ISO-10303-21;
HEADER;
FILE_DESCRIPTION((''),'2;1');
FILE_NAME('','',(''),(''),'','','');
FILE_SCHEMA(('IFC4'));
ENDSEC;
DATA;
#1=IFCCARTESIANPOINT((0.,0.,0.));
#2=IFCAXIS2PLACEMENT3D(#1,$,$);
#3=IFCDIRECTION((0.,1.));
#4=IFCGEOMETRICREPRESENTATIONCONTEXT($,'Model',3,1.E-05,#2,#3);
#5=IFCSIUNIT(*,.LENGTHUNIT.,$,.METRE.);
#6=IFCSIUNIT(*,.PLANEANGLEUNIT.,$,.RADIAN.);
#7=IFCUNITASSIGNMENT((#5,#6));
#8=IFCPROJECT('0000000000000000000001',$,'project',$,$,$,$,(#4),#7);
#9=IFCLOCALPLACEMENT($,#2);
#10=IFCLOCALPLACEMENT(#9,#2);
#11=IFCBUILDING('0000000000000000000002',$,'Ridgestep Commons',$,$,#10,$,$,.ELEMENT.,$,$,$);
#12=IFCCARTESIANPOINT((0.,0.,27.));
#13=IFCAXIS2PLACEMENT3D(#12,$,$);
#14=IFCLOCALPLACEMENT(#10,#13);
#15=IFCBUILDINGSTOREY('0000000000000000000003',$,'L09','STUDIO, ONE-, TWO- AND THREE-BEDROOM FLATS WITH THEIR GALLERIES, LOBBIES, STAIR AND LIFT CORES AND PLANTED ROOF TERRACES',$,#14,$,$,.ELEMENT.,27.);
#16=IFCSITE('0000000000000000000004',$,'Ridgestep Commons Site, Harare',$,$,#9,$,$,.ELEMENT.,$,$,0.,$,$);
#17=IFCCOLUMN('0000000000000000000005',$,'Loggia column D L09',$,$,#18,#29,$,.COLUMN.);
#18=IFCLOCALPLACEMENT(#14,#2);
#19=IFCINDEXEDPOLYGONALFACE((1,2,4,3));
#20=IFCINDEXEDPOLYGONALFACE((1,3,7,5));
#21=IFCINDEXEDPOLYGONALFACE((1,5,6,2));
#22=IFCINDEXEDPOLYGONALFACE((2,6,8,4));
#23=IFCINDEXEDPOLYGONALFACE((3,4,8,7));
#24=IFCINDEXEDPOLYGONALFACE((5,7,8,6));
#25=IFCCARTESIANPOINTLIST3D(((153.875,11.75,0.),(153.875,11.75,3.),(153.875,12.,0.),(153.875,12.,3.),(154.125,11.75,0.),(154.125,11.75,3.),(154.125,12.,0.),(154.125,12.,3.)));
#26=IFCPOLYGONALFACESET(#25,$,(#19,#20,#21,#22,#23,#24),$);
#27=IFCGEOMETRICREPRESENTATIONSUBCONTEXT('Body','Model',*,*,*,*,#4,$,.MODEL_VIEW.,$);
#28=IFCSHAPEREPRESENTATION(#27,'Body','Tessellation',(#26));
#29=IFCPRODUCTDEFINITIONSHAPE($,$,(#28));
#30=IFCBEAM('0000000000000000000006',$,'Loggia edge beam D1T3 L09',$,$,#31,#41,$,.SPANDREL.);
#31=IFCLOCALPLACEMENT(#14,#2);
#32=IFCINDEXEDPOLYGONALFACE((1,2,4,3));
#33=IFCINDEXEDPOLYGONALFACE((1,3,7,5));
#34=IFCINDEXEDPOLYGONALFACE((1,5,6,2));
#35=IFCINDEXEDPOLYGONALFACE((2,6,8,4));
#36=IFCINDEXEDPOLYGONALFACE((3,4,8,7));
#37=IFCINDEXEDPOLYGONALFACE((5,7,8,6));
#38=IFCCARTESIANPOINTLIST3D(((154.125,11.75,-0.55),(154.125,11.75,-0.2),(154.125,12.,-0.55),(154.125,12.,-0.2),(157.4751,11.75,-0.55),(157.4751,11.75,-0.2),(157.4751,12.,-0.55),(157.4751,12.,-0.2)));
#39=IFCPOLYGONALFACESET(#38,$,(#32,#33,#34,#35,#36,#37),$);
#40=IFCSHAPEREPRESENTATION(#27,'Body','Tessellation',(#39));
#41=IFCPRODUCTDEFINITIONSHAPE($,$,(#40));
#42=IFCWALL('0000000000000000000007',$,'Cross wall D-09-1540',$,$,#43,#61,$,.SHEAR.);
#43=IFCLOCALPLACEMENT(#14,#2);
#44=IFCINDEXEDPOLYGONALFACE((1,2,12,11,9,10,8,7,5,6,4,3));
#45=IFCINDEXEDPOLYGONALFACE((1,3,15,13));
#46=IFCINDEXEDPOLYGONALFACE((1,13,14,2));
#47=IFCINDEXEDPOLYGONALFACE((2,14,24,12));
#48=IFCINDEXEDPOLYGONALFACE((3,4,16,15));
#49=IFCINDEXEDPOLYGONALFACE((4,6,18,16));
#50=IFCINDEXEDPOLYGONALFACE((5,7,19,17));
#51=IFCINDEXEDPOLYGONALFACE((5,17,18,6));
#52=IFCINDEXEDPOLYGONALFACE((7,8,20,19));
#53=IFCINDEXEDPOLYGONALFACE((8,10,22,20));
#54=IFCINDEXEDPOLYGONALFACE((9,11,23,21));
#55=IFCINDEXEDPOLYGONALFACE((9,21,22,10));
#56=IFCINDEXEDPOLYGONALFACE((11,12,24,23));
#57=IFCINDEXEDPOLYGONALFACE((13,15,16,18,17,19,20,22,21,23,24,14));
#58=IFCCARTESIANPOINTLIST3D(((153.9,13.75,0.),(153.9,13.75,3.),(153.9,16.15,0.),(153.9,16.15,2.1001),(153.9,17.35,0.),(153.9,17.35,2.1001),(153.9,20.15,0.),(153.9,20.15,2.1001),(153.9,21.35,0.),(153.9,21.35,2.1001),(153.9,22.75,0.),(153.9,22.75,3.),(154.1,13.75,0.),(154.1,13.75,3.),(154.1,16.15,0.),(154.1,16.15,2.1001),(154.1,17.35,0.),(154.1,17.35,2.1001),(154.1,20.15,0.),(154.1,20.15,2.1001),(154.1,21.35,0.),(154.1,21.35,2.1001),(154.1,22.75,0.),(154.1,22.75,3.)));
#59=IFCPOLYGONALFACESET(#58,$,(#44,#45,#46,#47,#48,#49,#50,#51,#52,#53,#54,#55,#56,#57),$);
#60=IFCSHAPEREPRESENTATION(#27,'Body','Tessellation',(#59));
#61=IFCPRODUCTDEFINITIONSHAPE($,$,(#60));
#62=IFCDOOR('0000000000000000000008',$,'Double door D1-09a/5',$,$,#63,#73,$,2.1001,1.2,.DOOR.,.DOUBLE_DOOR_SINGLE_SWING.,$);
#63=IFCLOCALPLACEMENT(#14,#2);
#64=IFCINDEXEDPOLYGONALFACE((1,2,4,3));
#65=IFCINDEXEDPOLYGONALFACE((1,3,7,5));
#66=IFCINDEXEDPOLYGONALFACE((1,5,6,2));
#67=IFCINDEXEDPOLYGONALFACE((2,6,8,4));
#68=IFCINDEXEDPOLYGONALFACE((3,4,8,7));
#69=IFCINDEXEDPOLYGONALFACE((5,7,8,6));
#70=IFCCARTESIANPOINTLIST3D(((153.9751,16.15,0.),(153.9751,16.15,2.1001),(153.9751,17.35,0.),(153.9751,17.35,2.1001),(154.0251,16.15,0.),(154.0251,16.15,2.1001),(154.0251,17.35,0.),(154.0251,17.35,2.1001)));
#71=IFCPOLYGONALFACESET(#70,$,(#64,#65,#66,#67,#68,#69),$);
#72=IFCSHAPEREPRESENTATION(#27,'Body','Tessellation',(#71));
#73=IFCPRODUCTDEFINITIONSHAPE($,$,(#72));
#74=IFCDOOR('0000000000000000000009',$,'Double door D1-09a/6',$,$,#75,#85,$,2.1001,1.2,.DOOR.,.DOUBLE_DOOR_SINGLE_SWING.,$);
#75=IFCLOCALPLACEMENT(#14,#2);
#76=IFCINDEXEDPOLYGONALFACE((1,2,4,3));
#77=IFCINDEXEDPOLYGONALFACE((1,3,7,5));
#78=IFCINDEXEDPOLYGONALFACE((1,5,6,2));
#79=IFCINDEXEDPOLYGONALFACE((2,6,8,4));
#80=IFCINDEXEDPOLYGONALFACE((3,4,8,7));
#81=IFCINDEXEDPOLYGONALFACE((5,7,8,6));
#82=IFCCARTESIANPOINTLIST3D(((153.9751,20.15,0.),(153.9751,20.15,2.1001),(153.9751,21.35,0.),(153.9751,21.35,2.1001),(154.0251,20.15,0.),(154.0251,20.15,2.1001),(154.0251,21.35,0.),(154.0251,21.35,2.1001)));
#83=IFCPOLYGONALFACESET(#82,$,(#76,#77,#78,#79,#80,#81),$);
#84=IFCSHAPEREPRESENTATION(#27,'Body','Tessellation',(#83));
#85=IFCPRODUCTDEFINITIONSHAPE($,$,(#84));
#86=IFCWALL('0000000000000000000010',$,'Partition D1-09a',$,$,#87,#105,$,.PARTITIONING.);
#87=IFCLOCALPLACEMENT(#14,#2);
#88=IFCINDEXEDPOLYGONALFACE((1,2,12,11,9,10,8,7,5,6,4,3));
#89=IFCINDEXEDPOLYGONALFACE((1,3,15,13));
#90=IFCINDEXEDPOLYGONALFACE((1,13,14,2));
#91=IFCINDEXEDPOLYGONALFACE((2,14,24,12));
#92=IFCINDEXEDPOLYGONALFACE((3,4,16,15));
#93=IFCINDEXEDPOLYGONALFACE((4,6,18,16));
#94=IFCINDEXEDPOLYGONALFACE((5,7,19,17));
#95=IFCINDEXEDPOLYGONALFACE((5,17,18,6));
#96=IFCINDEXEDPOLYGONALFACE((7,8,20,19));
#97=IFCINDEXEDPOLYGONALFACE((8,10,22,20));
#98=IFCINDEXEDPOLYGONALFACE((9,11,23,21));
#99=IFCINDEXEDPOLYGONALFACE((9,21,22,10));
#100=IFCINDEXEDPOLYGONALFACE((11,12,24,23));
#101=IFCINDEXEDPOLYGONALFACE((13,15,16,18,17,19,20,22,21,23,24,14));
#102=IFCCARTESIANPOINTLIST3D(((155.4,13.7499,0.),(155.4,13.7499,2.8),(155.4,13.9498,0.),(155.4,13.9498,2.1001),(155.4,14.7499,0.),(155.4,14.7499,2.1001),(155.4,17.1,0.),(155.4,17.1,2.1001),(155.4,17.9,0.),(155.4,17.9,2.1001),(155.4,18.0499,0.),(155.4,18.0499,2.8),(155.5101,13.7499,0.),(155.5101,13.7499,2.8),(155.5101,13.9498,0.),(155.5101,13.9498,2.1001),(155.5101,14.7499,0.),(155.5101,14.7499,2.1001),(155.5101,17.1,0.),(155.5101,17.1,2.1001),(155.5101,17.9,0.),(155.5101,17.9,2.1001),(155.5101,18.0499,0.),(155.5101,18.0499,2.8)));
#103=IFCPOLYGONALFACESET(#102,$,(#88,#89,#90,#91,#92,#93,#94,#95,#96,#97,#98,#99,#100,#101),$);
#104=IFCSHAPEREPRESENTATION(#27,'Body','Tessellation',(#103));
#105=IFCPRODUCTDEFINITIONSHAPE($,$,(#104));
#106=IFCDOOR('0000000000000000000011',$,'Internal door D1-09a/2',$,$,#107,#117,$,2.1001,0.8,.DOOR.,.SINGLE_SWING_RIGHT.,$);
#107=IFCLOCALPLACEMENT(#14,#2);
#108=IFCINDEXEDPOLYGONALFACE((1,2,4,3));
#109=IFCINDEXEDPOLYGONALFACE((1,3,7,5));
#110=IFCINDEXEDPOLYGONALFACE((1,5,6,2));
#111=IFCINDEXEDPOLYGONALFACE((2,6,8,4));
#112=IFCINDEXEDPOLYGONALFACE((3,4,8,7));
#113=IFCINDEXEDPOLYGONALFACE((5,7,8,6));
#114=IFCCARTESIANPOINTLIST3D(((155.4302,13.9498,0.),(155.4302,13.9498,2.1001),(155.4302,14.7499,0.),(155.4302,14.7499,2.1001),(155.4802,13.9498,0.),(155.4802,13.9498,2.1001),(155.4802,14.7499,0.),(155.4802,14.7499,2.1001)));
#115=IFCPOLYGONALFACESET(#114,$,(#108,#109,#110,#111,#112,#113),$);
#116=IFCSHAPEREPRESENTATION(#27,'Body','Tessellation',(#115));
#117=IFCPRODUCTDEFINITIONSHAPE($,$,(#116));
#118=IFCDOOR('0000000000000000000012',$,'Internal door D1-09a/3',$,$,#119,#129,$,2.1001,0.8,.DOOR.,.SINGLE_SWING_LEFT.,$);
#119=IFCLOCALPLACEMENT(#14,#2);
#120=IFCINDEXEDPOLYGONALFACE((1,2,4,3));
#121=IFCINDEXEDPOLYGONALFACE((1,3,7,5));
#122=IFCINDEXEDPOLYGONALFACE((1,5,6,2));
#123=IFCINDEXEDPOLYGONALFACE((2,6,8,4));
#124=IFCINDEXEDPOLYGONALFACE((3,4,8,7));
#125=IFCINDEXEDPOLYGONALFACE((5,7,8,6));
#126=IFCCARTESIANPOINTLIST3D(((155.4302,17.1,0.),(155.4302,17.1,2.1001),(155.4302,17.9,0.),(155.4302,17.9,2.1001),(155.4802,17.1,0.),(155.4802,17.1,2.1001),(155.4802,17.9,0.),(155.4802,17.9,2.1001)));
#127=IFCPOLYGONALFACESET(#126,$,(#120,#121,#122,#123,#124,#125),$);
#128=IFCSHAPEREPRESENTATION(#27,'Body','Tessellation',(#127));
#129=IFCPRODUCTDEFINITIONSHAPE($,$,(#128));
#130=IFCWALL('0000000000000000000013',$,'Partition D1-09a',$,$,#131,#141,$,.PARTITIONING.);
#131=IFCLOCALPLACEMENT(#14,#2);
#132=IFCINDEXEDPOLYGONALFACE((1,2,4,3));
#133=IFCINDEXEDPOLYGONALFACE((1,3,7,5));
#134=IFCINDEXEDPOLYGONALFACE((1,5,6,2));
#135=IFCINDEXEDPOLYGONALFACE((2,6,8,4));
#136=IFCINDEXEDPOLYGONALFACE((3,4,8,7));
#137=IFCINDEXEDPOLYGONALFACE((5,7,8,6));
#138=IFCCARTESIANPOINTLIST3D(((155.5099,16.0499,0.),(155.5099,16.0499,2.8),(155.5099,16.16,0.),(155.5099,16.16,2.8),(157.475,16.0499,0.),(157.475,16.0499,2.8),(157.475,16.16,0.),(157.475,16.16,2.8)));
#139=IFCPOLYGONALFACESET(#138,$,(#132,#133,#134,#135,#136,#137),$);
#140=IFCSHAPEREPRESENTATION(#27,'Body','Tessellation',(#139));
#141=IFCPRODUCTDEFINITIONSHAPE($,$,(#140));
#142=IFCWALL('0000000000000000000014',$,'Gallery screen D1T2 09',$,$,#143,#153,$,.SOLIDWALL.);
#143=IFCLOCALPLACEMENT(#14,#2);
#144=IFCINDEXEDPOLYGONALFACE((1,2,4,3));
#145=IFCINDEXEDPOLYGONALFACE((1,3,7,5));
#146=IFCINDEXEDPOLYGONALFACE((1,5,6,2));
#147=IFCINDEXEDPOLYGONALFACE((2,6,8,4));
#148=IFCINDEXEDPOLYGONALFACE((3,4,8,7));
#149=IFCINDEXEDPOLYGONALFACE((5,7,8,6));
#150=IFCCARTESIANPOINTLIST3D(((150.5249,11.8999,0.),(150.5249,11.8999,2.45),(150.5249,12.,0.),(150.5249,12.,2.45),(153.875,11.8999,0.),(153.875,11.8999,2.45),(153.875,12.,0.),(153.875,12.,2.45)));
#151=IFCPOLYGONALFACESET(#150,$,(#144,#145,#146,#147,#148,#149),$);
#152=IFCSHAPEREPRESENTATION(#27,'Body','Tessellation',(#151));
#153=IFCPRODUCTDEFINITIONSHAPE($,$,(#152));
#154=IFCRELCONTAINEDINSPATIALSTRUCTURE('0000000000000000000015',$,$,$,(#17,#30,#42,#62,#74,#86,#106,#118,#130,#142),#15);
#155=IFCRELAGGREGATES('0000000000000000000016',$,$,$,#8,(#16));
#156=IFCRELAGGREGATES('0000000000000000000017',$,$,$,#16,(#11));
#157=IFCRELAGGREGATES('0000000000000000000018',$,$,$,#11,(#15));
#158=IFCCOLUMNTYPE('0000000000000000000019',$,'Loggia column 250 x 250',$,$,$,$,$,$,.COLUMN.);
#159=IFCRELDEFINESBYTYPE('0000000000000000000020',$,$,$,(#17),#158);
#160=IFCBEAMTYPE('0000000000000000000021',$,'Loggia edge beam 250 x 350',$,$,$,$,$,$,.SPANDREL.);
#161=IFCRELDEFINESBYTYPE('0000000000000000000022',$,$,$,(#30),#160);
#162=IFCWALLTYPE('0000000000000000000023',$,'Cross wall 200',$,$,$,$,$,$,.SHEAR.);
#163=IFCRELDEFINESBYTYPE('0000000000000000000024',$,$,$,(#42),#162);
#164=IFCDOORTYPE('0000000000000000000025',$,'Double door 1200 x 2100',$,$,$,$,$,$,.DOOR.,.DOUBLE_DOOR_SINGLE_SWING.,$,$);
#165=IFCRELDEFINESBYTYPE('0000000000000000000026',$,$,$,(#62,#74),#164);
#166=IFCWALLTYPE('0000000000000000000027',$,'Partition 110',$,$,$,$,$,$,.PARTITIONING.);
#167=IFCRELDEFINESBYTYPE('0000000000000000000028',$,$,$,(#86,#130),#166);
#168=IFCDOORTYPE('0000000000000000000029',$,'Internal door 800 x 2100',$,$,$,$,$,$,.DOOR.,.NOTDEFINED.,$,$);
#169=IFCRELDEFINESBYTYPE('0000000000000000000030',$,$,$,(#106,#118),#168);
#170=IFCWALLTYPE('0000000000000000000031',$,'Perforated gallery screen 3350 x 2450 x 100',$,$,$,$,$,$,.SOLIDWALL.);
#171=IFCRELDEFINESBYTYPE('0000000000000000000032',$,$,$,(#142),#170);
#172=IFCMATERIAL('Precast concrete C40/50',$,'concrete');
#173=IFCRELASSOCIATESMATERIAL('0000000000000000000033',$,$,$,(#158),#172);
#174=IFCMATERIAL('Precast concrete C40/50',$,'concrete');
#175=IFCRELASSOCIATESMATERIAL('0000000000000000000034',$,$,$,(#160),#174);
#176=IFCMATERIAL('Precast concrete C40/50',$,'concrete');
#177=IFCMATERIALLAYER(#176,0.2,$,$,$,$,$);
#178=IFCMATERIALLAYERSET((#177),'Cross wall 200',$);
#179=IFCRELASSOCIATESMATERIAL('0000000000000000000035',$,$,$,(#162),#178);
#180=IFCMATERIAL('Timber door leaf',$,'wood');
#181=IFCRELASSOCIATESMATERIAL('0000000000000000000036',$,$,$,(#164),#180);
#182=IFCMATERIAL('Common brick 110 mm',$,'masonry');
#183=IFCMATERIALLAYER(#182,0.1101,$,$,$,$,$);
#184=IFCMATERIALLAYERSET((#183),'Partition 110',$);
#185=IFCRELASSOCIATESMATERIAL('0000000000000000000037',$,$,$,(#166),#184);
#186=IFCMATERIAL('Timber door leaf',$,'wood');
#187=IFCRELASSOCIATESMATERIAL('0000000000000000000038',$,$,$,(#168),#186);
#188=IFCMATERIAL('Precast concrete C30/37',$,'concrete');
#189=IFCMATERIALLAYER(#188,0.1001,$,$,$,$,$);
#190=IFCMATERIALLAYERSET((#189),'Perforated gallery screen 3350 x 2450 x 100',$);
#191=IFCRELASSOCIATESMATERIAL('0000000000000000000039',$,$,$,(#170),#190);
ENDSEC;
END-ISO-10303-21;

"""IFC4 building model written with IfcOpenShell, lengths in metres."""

from ifc_helpers import new_model, si_unit, direction, frame, frame_2d, origin, origin_2d, place, context, subcontext, project, spatial, rectangle, extrude, material, layer, layer_set, material_profile, profile_set, type_object, element, fill, save


model = new_model("IFC4")

# Units and contexts
model_context = context("Model", 3, precision=1e-05, world=origin(), true_north=direction((0.0, 1.0)))
body_context = subcontext(model_context, "Body", "Model", "MODEL_VIEW")
ifc_project = project(units=[si_unit("LENGTHUNIT", "METRE"), si_unit("PLANEANGLEUNIT", "RADIAN")], contexts=[model_context])

# Site, building, storey
site_placement = place(None, origin())
site = spatial("IfcSite", under=ifc_project, at=site_placement, Name="Ridgestep Commons Site, Harare", CompositionType="ELEMENT", RefElevation=0.0)
building_placement = place(site_placement, origin())
building = spatial("IfcBuilding", under=site, at=building_placement, Name="Ridgestep Commons", CompositionType="ELEMENT")
storey_placement = place(building_placement, frame((0.0, 0.0, 27.0)))
storey = spatial("IfcBuildingStorey", under=building, at=storey_placement, Name="L09", Description="STUDIO, ONE-, TWO- AND THREE-BEDROOM FLATS WITH THEIR GALLERIES, LOBBIES, STAIR AND LIFT CORES AND PLANTED ROOF TERRACES", CompositionType="ELEMENT", Elevation=27.0)

# Column
ifc_material_1 = material(Name="Precast concrete C40/50", Category="concrete")
ifc_material_profile_1 = material_profile(ifc_material_1, rectangle(XDim=0.25, YDim=0.25, at=origin_2d()), Name="PC 250x250")
ifc_profile_set_1 = profile_set([ifc_material_profile_1], Name="Precast concrete C40/50")
column_type = type_object("IfcColumnType", Name="Loggia column 250 x 250", PredefinedType="COLUMN", material=ifc_profile_set_1)
column_placement = place(storey_placement, frame((154.0, 11.875, 0.0), z_axis=(0.0, 0.0, 1.0), x_axis=(1.0, 0.0, 0.0)))
element("IfcColumn", 1, at=column_placement, inside=storey, type_object=column_type, Name="Loggia column D L09", PredefinedType="COLUMN", context=body_context, shape_type="SweptSolid", body=[
    extrude(rectangle(XDim=0.25, YDim=0.25, at=origin_2d()), origin(), (0.0, 0.0, 1.0), 3.0),
])

# Beam
ifc_material_2 = material(Name="Precast concrete C40/50", Category="concrete")
ifc_material_profile_2 = material_profile(ifc_material_2, rectangle(XDim=0.25, YDim=0.3501, at=origin_2d()), Name="PC 250x350")
ifc_profile_set_2 = profile_set([ifc_material_profile_2], Name="Precast concrete C40/50")
beam_type = type_object("IfcBeamType", Name="Loggia edge beam 250 x 350", PredefinedType="SPANDREL", material=ifc_profile_set_2)
beam_placement = place(storey_placement, frame((154.125, 11.875, -0.375), z_axis=(1.0, 0.0, 0.0), x_axis=(0.0, 1.0, 0.0)))
element("IfcBeam", 2, at=beam_placement, inside=storey, type_object=beam_type, Name="Loggia edge beam D1T3 L09", PredefinedType="SPANDREL", context=body_context, shape_type="SweptSolid", body=[
    extrude(rectangle(XDim=0.25, YDim=0.3501, at=origin_2d()), origin(), (0.0, 0.0, 1.0), 3.3501),
])

# Walls, openings, doors
ifc_material_3 = material(Name="Precast concrete C40/50", Category="concrete")
ifc_layer_1 = layer(ifc_material_3, 0.2)
ifc_layer_set_1 = layer_set([ifc_layer_1], Name="Cross wall 200")
wall_type_1 = type_object("IfcWallType", Name="Cross wall 200", PredefinedType="SHEAR", material=ifc_layer_set_1)
wall_1_placement = place(storey_placement, frame((154.0, 13.75, 0.0), z_axis=(0.0, 0.0, 1.0), x_axis=(0.0, 1.0, 0.0)))
wall_1 = element("IfcWall", 3, at=wall_1_placement, inside=storey, type_object=wall_type_1, Name="Cross wall D-09-1540", PredefinedType="SHEAR", context=body_context, shape_type="SweptSolid", body=[
    extrude(rectangle(XDim=9.0, YDim=0.2, at=frame_2d((4.5, 0.0))), origin(), (0.0, 0.0, 1.0), 3.0),
])
opening_1_placement = place(wall_1_placement, frame((2.3999, 0.0, 0.0)))
opening_1 = element("IfcOpeningElement", 4, at=opening_1_placement, cuts=wall_1, PredefinedType="OPENING", context=body_context, shape_type="SweptSolid", body=[
    extrude(rectangle(XDim=1.2, YDim=2.1001, at=frame_2d((0.6001, 1.05))), frame((0.0, 0.1099, 0.0), z_axis=(0.0, -1.0, 0.0), x_axis=(1.0, 0.0, 0.0)), (0.0, 0.0, 1.0), 0.22),
])
opening_2_placement = place(wall_1_placement, frame((6.3999, 0.0, 0.0)))
opening_2 = element("IfcOpeningElement", 5, at=opening_2_placement, cuts=wall_1, PredefinedType="OPENING", context=body_context, shape_type="SweptSolid", body=[
    extrude(rectangle(XDim=1.2, YDim=2.1001, at=frame_2d((0.6001, 1.05))), frame((0.0, 0.1099, 0.0), z_axis=(0.0, -1.0, 0.0), x_axis=(1.0, 0.0, 0.0)), (0.0, 0.0, 1.0), 0.22),
])
ifc_material_4 = material(Name="Timber door leaf", Category="wood")
door_type_1 = type_object("IfcDoorType", Name="Double door 1200 x 2100", OperationType="DOUBLE_DOOR_SINGLE_SWING", PredefinedType="DOOR", material=ifc_material_4)
door_1_placement = place(opening_1_placement, origin())
door_1 = element("IfcDoor", 6, at=door_1_placement, inside=storey, type_object=door_type_1, Name="Double door D1-09a/5", OperationType="DOUBLE_DOOR_SINGLE_SWING", OverallHeight=2.1001, OverallWidth=1.2, PredefinedType="DOOR", context=body_context, shape_type="SweptSolid", body=[
    extrude(rectangle(XDim=1.2, YDim=2.1001, at=frame_2d((0.6001, 1.05))), frame((0.0, 0.0249, 0.0), z_axis=(0.0, -1.0, 0.0), x_axis=(1.0, 0.0, 0.0)), (0.0, 0.0, 1.0), 0.05),
])
fill(opening_1, door_1)
door_2_placement = place(opening_2_placement, origin())
door_2 = element("IfcDoor", 7, at=door_2_placement, inside=storey, type_object=door_type_1, Name="Double door D1-09a/6", OperationType="DOUBLE_DOOR_SINGLE_SWING", OverallHeight=2.1001, OverallWidth=1.2, PredefinedType="DOOR", context=body_context, shape_type="SweptSolid", body=[
    extrude(rectangle(XDim=1.2, YDim=2.1001, at=frame_2d((0.6001, 1.05))), frame((0.0, 0.0249, 0.0), z_axis=(0.0, -1.0, 0.0), x_axis=(1.0, 0.0, 0.0)), (0.0, 0.0, 1.0), 0.05),
])
fill(opening_2, door_2)
ifc_material_5 = material(Name="Common brick 110 mm", Category="masonry")
ifc_layer_2 = layer(ifc_material_5, 0.1101)
ifc_layer_set_2 = layer_set([ifc_layer_2], Name="Partition 110")
wall_type_2 = type_object("IfcWallType", Name="Partition 110", PredefinedType="PARTITIONING", material=ifc_layer_set_2)
wall_2_placement = place(storey_placement, frame((155.4551, 13.75, 0.0), z_axis=(0.0, 0.0, 1.0), x_axis=(0.0, 1.0, 0.0)))
wall_2 = element("IfcWall", 8, at=wall_2_placement, inside=storey, type_object=wall_type_2, Name="Partition D1-09a", PredefinedType="PARTITIONING", context=body_context, shape_type="SweptSolid", body=[
    extrude(rectangle(XDim=4.3, YDim=0.1101, at=frame_2d((2.1499, 0.0))), origin(), (0.0, 0.0, 1.0), 2.8),
])
opening_3_placement = place(wall_2_placement, frame((0.2, 0.0, 0.0)))
opening_3 = element("IfcOpeningElement", 9, at=opening_3_placement, cuts=wall_2, PredefinedType="OPENING", context=body_context, shape_type="SweptSolid", body=[
    extrude(rectangle(XDim=0.8, YDim=2.1001, at=frame_2d((0.3999, 1.05))), frame((0.0, 0.0649, 0.0), z_axis=(0.0, -1.0, 0.0), x_axis=(1.0, 0.0, 0.0)), (0.0, 0.0, 1.0), 0.1301),
])
opening_4_placement = place(wall_2_placement, frame((3.3501, 0.0, 0.0)))
opening_4 = element("IfcOpeningElement", 10, at=opening_4_placement, cuts=wall_2, PredefinedType="OPENING", context=body_context, shape_type="SweptSolid", body=[
    extrude(rectangle(XDim=0.8, YDim=2.1001, at=frame_2d((0.3999, 1.05))), frame((0.0, 0.0649, 0.0), z_axis=(0.0, -1.0, 0.0), x_axis=(1.0, 0.0, 0.0)), (0.0, 0.0, 1.0), 0.1301),
])
ifc_material_6 = material(Name="Timber door leaf", Category="wood")
door_type_2 = type_object("IfcDoorType", Name="Internal door 800 x 2100", OperationType="NOTDEFINED", PredefinedType="DOOR", material=ifc_material_6)
door_3_placement = place(opening_3_placement, origin())
door_3 = element("IfcDoor", 11, at=door_3_placement, inside=storey, type_object=door_type_2, Name="Internal door D1-09a/2", OperationType="SINGLE_SWING_RIGHT", OverallHeight=2.1001, OverallWidth=0.8, PredefinedType="DOOR", context=body_context, shape_type="SweptSolid", body=[
    extrude(rectangle(XDim=0.8, YDim=2.1001, at=frame_2d((0.3999, 1.05))), frame((0.0, 0.0249, 0.0), z_axis=(0.0, -1.0, 0.0), x_axis=(1.0, 0.0, 0.0)), (0.0, 0.0, 1.0), 0.05),
])
fill(opening_3, door_3)
door_4_placement = place(opening_4_placement, origin())
door_4 = element("IfcDoor", 12, at=door_4_placement, inside=storey, type_object=door_type_2, Name="Internal door D1-09a/3", OperationType="SINGLE_SWING_LEFT", OverallHeight=2.1001, OverallWidth=0.8, PredefinedType="DOOR", context=body_context, shape_type="SweptSolid", body=[
    extrude(rectangle(XDim=0.8, YDim=2.1001, at=frame_2d((0.3999, 1.05))), frame((0.0, 0.0249, 0.0), z_axis=(0.0, -1.0, 0.0), x_axis=(1.0, 0.0, 0.0)), (0.0, 0.0, 1.0), 0.05),
])
fill(opening_4, door_4)

# Walls
wall_3_placement = place(storey_placement, frame((155.51, 16.105, 0.0), z_axis=(0.0, 0.0, 1.0), x_axis=(1.0, 0.0, 0.0)))
element("IfcWall", 13, at=wall_3_placement, inside=storey, type_object=wall_type_2, Name="Partition D1-09a", PredefinedType="PARTITIONING", context=body_context, shape_type="SweptSolid", body=[
    extrude(rectangle(XDim=1.9651, YDim=0.1101, at=frame_2d((0.9824, 0.0))), origin(), (0.0, 0.0, 1.0), 2.8),
])
ifc_material_7 = material(Name="Precast concrete C30/37", Category="concrete")
ifc_layer_3 = layer(ifc_material_7, 0.1001)
ifc_layer_set_3 = layer_set([ifc_layer_3], Name="Perforated gallery screen 3350 x 2450 x 100")
wall_type_3 = type_object("IfcWallType", Name="Perforated gallery screen 3350 x 2450 x 100", PredefinedType="SOLIDWALL", material=ifc_layer_set_3)
wall_4_placement = place(storey_placement, frame((150.5249, 11.95, 0.0), z_axis=(0.0, 0.0, 1.0), x_axis=(1.0, 0.0, 0.0)))
element("IfcWall", 14, at=wall_4_placement, inside=storey, type_object=wall_type_3, Name="Gallery screen D1T2 09", PredefinedType="SOLIDWALL", context=body_context, shape_type="SweptSolid", body=[
    extrude(rectangle(XDim=3.3501, YDim=0.1001, at=frame_2d((1.675, 0.0))), origin(), (0.0, 0.0, 1.0), 2.45),
])

save(model, "model.ifc")
